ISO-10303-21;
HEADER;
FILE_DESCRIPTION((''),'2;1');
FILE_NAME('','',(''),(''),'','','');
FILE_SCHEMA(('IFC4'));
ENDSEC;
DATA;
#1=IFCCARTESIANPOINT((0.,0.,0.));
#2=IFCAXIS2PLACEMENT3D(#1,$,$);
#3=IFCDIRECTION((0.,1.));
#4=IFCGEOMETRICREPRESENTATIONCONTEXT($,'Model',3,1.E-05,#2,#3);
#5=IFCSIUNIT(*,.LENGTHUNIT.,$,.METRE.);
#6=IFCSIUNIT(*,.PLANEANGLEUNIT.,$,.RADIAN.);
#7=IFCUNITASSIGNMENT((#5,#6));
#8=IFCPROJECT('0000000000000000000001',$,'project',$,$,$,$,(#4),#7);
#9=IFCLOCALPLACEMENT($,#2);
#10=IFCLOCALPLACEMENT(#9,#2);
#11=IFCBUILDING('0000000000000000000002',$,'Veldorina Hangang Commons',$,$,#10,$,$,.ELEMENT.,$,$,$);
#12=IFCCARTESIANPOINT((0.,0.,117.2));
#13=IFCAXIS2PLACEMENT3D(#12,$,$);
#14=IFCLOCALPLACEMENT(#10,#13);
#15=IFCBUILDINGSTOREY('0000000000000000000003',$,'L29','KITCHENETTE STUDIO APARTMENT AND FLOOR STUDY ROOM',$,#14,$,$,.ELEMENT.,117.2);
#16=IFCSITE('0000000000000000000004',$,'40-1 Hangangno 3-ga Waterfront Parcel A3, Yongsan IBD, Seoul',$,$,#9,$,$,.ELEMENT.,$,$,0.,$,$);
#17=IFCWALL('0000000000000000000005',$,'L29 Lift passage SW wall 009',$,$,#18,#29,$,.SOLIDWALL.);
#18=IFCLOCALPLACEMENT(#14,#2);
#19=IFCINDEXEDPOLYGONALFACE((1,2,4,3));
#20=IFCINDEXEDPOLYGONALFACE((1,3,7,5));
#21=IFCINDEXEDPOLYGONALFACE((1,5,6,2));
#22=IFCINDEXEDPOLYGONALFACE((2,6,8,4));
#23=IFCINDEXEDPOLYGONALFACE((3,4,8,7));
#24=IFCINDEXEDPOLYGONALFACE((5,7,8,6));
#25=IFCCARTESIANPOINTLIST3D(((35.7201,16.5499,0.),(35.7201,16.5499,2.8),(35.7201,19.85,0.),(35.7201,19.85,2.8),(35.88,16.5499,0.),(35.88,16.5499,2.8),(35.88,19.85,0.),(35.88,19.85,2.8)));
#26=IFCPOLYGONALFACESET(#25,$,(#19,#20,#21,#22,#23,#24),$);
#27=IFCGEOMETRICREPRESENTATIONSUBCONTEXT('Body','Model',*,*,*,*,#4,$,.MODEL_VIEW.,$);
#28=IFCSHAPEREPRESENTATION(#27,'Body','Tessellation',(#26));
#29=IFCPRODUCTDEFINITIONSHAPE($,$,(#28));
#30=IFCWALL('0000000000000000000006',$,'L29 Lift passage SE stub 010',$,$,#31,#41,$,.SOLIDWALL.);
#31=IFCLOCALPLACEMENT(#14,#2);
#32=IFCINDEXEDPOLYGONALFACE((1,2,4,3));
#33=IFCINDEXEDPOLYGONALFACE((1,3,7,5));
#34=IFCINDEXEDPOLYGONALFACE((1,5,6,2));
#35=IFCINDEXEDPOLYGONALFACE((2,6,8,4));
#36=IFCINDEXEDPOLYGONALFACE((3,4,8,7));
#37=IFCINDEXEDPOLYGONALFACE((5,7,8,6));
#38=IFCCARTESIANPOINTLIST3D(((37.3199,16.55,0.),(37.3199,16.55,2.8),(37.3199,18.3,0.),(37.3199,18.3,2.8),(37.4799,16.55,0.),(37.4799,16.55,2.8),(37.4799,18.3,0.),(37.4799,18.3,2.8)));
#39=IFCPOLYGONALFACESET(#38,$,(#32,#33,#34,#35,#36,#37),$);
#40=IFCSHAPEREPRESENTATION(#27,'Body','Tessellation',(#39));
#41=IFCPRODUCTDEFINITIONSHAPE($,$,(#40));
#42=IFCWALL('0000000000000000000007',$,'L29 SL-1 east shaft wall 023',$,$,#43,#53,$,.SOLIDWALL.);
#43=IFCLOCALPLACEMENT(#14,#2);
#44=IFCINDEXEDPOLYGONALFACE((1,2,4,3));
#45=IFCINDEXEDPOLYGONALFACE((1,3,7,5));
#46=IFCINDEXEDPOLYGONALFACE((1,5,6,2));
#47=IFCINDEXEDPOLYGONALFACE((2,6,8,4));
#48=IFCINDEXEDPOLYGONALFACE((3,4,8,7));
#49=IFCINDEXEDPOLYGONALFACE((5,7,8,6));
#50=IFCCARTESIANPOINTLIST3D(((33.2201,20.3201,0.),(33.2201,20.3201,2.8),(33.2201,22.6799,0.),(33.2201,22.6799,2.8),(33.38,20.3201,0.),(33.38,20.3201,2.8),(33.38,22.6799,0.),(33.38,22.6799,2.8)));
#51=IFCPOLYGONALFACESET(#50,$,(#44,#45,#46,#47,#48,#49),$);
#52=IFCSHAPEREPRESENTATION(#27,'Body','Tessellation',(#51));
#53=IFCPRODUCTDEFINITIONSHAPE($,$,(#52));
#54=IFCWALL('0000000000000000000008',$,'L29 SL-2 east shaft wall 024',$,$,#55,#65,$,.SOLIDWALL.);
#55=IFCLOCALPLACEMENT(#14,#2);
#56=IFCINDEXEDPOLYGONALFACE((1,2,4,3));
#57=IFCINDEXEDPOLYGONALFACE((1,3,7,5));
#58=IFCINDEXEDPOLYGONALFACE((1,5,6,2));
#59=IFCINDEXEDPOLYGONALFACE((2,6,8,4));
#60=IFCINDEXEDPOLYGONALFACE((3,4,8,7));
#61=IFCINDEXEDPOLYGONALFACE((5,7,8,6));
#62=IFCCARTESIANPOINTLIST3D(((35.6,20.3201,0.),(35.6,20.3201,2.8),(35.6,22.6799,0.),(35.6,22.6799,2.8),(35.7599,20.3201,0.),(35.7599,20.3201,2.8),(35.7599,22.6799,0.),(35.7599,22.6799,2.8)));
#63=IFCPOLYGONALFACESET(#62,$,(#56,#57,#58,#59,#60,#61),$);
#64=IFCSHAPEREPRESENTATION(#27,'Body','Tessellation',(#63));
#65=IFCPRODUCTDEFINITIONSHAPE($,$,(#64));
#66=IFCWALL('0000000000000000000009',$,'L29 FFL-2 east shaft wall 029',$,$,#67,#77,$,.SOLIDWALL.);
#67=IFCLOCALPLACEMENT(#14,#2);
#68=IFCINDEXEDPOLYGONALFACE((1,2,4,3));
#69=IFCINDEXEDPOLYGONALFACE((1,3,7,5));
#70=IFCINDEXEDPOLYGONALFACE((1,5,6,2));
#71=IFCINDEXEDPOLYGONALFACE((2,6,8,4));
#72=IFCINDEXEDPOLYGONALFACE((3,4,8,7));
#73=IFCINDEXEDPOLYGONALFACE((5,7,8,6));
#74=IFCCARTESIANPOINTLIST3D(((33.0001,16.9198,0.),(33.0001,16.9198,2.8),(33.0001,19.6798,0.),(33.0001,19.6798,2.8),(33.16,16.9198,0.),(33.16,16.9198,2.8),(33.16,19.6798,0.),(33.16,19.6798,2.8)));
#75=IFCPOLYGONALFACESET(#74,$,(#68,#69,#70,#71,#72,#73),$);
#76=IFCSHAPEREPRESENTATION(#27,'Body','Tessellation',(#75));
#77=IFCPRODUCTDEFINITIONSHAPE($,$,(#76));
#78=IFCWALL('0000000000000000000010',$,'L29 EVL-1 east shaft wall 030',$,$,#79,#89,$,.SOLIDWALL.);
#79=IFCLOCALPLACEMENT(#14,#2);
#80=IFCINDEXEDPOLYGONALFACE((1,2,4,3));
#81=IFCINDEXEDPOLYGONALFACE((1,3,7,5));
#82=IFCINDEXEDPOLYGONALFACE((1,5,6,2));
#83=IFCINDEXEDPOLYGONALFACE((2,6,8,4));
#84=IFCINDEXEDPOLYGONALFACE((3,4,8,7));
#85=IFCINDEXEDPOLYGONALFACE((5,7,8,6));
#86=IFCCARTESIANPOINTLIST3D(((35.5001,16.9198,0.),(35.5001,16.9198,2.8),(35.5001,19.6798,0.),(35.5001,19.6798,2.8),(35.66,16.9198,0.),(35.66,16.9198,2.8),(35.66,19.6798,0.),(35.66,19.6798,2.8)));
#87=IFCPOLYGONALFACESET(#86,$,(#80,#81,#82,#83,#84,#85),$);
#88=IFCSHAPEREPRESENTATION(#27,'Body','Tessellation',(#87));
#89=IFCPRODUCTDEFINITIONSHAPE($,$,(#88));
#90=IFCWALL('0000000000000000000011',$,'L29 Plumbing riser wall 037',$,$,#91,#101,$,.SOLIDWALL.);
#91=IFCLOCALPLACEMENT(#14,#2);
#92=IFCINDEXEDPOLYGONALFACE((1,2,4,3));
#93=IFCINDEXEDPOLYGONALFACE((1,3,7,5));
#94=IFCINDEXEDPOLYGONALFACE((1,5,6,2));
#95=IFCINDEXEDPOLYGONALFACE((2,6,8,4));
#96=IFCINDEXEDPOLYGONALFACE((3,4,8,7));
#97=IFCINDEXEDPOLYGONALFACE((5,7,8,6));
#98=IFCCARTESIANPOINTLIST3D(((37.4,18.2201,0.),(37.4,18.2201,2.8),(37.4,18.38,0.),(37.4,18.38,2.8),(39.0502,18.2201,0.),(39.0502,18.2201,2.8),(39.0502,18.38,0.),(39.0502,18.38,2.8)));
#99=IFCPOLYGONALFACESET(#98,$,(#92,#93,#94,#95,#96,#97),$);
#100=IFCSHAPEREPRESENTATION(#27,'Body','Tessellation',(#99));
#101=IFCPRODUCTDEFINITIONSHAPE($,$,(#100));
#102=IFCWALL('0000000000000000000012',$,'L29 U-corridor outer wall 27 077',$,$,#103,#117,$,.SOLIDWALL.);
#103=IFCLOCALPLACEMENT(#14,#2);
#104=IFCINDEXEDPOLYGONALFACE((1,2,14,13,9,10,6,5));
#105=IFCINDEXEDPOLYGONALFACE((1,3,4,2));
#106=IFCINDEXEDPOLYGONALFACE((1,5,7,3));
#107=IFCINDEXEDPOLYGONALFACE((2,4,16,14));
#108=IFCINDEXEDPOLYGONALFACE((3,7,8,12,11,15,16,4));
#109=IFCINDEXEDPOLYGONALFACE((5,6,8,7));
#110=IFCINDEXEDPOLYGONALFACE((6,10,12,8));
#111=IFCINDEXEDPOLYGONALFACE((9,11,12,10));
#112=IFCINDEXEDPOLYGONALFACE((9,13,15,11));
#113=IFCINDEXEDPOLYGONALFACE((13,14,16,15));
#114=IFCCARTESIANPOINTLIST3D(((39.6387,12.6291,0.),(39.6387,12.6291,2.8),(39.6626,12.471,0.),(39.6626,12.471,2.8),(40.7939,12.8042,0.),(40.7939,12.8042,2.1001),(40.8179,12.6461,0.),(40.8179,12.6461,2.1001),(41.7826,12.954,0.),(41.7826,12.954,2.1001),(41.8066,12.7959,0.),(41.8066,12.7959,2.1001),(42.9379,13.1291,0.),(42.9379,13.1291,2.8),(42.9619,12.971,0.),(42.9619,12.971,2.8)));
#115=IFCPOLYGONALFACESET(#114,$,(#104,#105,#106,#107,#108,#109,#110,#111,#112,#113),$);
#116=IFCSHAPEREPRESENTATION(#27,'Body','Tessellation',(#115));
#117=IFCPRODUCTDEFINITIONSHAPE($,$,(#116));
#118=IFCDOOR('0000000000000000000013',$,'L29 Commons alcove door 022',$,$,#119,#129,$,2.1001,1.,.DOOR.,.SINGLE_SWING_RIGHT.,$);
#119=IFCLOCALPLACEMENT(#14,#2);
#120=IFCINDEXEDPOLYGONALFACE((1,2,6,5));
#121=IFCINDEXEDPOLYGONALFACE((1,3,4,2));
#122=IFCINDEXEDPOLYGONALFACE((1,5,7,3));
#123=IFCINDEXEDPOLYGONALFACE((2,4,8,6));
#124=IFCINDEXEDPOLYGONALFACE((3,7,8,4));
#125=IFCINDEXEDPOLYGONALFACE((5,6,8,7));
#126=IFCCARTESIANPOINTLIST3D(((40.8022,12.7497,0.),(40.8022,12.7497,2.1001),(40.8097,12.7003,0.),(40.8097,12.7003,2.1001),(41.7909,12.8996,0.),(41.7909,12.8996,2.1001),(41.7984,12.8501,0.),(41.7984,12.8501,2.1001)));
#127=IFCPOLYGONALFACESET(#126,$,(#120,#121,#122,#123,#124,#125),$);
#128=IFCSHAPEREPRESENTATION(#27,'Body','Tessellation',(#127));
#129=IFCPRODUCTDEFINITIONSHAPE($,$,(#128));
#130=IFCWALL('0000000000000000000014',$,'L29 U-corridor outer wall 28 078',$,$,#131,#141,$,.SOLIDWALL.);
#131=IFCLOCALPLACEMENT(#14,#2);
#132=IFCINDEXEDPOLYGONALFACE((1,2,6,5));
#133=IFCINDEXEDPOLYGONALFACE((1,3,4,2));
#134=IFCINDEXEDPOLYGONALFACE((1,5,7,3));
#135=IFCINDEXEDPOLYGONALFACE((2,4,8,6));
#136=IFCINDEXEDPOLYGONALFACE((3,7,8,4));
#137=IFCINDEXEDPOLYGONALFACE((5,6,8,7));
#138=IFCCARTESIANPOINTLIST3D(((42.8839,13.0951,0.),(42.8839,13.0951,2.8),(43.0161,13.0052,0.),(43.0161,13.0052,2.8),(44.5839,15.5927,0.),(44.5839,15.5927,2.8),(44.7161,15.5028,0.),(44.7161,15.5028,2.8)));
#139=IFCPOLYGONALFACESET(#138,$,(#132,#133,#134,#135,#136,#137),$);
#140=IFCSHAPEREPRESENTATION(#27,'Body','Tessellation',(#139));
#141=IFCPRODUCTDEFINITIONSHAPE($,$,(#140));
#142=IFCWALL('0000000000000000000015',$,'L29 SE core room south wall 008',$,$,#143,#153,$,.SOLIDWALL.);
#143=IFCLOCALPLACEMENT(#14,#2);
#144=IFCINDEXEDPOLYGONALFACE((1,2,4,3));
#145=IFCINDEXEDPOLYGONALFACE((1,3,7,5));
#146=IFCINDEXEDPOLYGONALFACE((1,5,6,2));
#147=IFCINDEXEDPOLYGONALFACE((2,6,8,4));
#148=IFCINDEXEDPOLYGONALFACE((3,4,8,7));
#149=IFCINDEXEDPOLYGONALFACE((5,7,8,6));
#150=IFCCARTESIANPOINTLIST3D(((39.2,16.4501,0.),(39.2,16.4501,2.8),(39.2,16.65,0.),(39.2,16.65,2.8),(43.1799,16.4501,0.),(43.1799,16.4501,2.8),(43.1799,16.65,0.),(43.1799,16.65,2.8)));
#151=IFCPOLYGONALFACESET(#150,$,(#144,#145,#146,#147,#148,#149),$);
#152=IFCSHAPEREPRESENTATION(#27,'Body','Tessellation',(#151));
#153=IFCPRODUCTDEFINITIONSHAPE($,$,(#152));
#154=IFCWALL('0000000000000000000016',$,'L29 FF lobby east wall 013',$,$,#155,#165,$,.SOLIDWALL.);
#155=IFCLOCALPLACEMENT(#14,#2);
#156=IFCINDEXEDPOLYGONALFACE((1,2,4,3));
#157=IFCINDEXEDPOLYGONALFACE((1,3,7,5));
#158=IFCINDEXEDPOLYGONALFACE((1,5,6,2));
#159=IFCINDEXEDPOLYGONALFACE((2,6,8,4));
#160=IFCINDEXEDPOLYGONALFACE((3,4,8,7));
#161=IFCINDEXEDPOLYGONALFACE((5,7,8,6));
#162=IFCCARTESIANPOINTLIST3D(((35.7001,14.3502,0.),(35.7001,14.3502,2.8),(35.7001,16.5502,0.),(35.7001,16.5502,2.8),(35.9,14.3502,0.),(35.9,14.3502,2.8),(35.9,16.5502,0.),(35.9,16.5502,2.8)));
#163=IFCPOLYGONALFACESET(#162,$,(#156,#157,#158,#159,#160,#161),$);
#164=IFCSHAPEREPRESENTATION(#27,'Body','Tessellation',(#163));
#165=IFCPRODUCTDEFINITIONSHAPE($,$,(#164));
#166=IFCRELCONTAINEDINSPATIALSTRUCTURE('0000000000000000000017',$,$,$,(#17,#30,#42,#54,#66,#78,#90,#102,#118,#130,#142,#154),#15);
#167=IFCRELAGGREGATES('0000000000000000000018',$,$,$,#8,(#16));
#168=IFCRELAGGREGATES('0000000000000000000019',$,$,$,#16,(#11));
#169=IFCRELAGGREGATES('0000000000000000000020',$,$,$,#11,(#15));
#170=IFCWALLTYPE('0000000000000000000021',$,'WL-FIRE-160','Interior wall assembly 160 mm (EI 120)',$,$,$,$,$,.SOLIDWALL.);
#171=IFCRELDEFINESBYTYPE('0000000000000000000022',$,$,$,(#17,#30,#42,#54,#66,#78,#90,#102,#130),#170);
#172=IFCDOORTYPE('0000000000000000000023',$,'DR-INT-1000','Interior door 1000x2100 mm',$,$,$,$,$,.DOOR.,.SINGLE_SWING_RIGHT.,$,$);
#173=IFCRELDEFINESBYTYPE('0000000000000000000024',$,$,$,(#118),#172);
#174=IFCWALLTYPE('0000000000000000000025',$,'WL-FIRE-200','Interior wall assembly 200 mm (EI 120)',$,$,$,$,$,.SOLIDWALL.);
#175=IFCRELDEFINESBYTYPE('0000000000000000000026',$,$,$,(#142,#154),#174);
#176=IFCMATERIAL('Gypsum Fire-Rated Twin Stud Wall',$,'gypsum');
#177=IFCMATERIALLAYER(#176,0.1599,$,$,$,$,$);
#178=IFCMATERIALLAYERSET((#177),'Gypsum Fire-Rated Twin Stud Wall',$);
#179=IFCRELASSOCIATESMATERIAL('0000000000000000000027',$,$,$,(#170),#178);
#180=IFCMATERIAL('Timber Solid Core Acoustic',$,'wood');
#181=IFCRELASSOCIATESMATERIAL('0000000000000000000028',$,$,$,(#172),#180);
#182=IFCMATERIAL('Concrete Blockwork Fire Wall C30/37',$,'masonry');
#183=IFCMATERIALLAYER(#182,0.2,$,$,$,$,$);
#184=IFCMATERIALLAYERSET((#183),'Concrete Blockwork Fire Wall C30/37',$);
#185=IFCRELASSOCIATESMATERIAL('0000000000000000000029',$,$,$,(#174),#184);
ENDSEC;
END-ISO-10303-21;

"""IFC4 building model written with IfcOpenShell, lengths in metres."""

from ifc_helpers import new_model, si_unit, direction, frame, frame_2d, origin, place, context, subcontext, project, spatial, rectangle, extrude, material, layer, layer_set, type_object, element, fill, save


model = new_model("IFC4")

# Units and contexts
model_context = context("Model", 3, precision=1e-05, world=origin(), true_north=direction((0.0, 1.0)))
body_context = subcontext(model_context, "Body", "Model", "MODEL_VIEW")
ifc_project = project(units=[si_unit("LENGTHUNIT", "METRE"), si_unit("PLANEANGLEUNIT", "RADIAN")], contexts=[model_context])

# Site, building, storey
site_placement = place(None, origin())
site = spatial("IfcSite", under=ifc_project, at=site_placement, Name="40-1 Hangangno 3-ga Waterfront Parcel A3, Yongsan IBD, Seoul", CompositionType="ELEMENT", RefElevation=0.0)
building_placement = place(site_placement, origin())
building = spatial("IfcBuilding", under=site, at=building_placement, Name="Veldorina Hangang Commons", CompositionType="ELEMENT")
storey_placement = place(building_placement, frame((0.0, 0.0, 117.2)))
storey = spatial("IfcBuildingStorey", under=building, at=storey_placement, Name="L29", Description="KITCHENETTE STUDIO APARTMENT AND FLOOR STUDY ROOM", CompositionType="ELEMENT", Elevation=117.2)

# Walls
ifc_material_1 = material(Name="Gypsum Fire-Rated Twin Stud Wall", Category="gypsum")
ifc_layer_1 = layer(ifc_material_1, 0.1599)
ifc_layer_set_1 = layer_set([ifc_layer_1], Name="Gypsum Fire-Rated Twin Stud Wall")
wall_type_1 = type_object("IfcWallType", Name="WL-FIRE-160", Description="Interior wall assembly 160 mm (EI 120)", PredefinedType="SOLIDWALL", material=ifc_layer_set_1)
wall_1_placement = place(storey_placement, frame((35.8, 16.55, 0.0), z_axis=(0.0, 0.0, 1.0), x_axis=(0.0, 1.0, 0.0)))
element("IfcWall", 1, at=wall_1_placement, inside=storey, type_object=wall_type_1, Name="L29 Lift passage SW wall 009", PredefinedType="SOLIDWALL", context=body_context, shape_type="SweptSolid", body=[
    extrude(rectangle(XDim=3.3, YDim=0.1599, at=frame_2d((1.6499, 0.0))), origin(), (0.0, 0.0, 1.0), 2.8),
])
wall_2_placement = place(storey_placement, frame((37.3999, 16.55, 0.0), z_axis=(0.0, 0.0, 1.0), x_axis=(0.0, 1.0, 0.0)))
element("IfcWall", 2, at=wall_2_placement, inside=storey, type_object=wall_type_1, Name="L29 Lift passage SE stub 010", PredefinedType="SOLIDWALL", context=body_context, shape_type="SweptSolid", body=[
    extrude(rectangle(XDim=1.75, YDim=0.1599, at=frame_2d((0.875, 0.0))), origin(), (0.0, 0.0, 1.0), 2.8),
])
for number, where, z_axis, x_axis, name in (
    (3, (33.3, 20.3201, 0.0), (0.0, 0.0, 1.0), (0.0, 1.0, 0.0), "L29 SL-1 east shaft wall 023"),
    (4, (35.6799, 20.3201, 0.0), (0.0, 0.0, 1.0), (0.0, 1.0, 0.0), "L29 SL-2 east shaft wall 024"),
):
    element("IfcWall", number, at=place(storey_placement, frame(where, z_axis=z_axis, x_axis=x_axis)), inside=storey, type_object=wall_type_1, Name=name, PredefinedType="SOLIDWALL", context=body_context, shape_type="SweptSolid", body=[
        extrude(rectangle(XDim=2.3599, YDim=0.1599, at=frame_2d((1.1799, 0.0))), origin(), (0.0, 0.0, 1.0), 2.8),
    ])
for number, where, z_axis, x_axis, name in (
    (5, (33.0801, 16.9199, 0.0), (0.0, 0.0, 1.0), (0.0, 1.0, 0.0), "L29 FFL-2 east shaft wall 029"),
    (6, (35.5801, 16.9199, 0.0), (0.0, 0.0, 1.0), (0.0, 1.0, 0.0), "L29 EVL-1 east shaft wall 030"),
):
    element("IfcWall", number, at=place(storey_placement, frame(where, z_axis=z_axis, x_axis=x_axis)), inside=storey, type_object=wall_type_1, Name=name, PredefinedType="SOLIDWALL", context=body_context, shape_type="SweptSolid", body=[
        extrude(rectangle(XDim=2.76, YDim=0.1599, at=frame_2d((1.3799, 0.0))), origin(), (0.0, 0.0, 1.0), 2.8),
    ])
wall_3_placement = place(storey_placement, frame((37.3999, 18.3, 0.0), z_axis=(0.0, 0.0, 1.0), x_axis=(1.0, 0.0, 0.0)))
element("IfcWall", 7, at=wall_3_placement, inside=storey, type_object=wall_type_1, Name="L29 Plumbing riser wall 037", PredefinedType="SOLIDWALL", context=body_context, shape_type="SweptSolid", body=[
    extrude(rectangle(XDim=1.6501, YDim=0.1599, at=frame_2d((0.8252, 0.0))), origin(), (0.0, 0.0, 1.0), 2.8),
])

# Wall, opening, door
wall_4_placement = place(storey_placement, frame((39.6506, 12.55, 0.0), z_axis=(0.0, 0.0, 1.0), x_axis=(0.988711, 0.149836, 0.0)))
wall_4 = element("IfcWall", 8, at=wall_4_placement, inside=storey, type_object=wall_type_1, Name="L29 U-corridor outer wall 27 077", PredefinedType="SOLIDWALL", context=body_context, shape_type="SweptSolid", body=[
    extrude(rectangle(XDim=3.3369, YDim=0.1599, at=frame_2d((1.6685, 0.0))), origin(), (0.0, 0.0, 1.0), 2.8),
])
opening_1_placement = place(wall_4_placement, frame((1.1685, 0.0, 0.0)))
opening_1 = element("IfcOpeningElement", 9, at=opening_1_placement, cuts=wall_4, PredefinedType="OPENING", context=body_context, shape_type="SweptSolid", body=[
    extrude(rectangle(XDim=1.0, YDim=2.1001, at=frame_2d((0.5, 1.05))), frame((0.0, 0.0898, 0.0), z_axis=(0.0, -1.0, 0.0), x_axis=(1.0, 0.0, 0.0)), (0.0, 0.0, 1.0), 0.1799),
])
ifc_material_2 = material(Name="Timber Solid Core Acoustic", Category="wood")
door_type_1 = type_object("IfcDoorType", Name="DR-INT-1000", Description="Interior door 1000x2100 mm", OperationType="SINGLE_SWING_RIGHT", PredefinedType="DOOR", material=ifc_material_2)
door_1_placement = place(opening_1_placement, origin())
door_1 = element("IfcDoor", 10, at=door_1_placement, inside=storey, type_object=door_type_1, Name="L29 Commons alcove door 022", OperationType="SINGLE_SWING_RIGHT", OverallHeight=2.1001, OverallWidth=1.0, PredefinedType="DOOR", context=body_context, shape_type="SweptSolid", body=[
    extrude(rectangle(XDim=1.0, YDim=2.1001, at=frame_2d((0.5, 1.05))), frame((0.0, 0.0249, 0.0), z_axis=(0.0, -1.0, 0.0), x_axis=(1.0, 0.0, 0.0)), (0.0, 0.0, 1.0), 0.05),
])
fill(opening_1, door_1)

# Walls
wall_5_placement = place(storey_placement, frame((42.95, 13.05, 0.0), z_axis=(0.0, 0.0, 1.0), x_axis=(0.562675, 0.826678, 0.0)))
element("IfcWall", 11, at=wall_5_placement, inside=storey, type_object=wall_type_1, Name="L29 U-corridor outer wall 28 078", PredefinedType="SOLIDWALL", context=body_context, shape_type="SweptSolid", body=[
    extrude(rectangle(XDim=3.0212, YDim=0.1599, at=frame_2d((1.5107, 0.0))), origin(), (0.0, 0.0, 1.0), 2.8),
])
ifc_material_3 = material(Name="Concrete Blockwork Fire Wall C30/37", Category="masonry")
ifc_layer_2 = layer(ifc_material_3, 0.2)
ifc_layer_set_2 = layer_set([ifc_layer_2], Name="Concrete Blockwork Fire Wall C30/37")
wall_type_2 = type_object("IfcWallType", Name="WL-FIRE-200", Description="Interior wall assembly 200 mm (EI 120)", PredefinedType="SOLIDWALL", material=ifc_layer_set_2)
wall_6_placement = place(storey_placement, frame((39.2, 16.55, 0.0), z_axis=(0.0, 0.0, 1.0), x_axis=(1.0, 0.0, 0.0)))
element("IfcWall", 12, at=wall_6_placement, inside=storey, type_object=wall_type_2, Name="L29 SE core room south wall 008", PredefinedType="SOLIDWALL", context=body_context, shape_type="SweptSolid", body=[
    extrude(rectangle(XDim=3.98, YDim=0.2, at=frame_2d((1.99, 0.0))), origin(), (0.0, 0.0, 1.0), 2.8),
])
wall_7_placement = place(storey_placement, frame((35.8, 14.3501, 0.0), z_axis=(0.0, 0.0, 1.0), x_axis=(0.0, 1.0, 0.0)))
element("IfcWall", 13, at=wall_7_placement, inside=storey, type_object=wall_type_2, Name="L29 FF lobby east wall 013", PredefinedType="SOLIDWALL", context=body_context, shape_type="SweptSolid", body=[
    extrude(rectangle(XDim=2.2, YDim=0.2, at=frame_2d((1.1001, 0.0))), origin(), (0.0, 0.0, 1.0), 2.8),
])

save(model, "model.ifc")
